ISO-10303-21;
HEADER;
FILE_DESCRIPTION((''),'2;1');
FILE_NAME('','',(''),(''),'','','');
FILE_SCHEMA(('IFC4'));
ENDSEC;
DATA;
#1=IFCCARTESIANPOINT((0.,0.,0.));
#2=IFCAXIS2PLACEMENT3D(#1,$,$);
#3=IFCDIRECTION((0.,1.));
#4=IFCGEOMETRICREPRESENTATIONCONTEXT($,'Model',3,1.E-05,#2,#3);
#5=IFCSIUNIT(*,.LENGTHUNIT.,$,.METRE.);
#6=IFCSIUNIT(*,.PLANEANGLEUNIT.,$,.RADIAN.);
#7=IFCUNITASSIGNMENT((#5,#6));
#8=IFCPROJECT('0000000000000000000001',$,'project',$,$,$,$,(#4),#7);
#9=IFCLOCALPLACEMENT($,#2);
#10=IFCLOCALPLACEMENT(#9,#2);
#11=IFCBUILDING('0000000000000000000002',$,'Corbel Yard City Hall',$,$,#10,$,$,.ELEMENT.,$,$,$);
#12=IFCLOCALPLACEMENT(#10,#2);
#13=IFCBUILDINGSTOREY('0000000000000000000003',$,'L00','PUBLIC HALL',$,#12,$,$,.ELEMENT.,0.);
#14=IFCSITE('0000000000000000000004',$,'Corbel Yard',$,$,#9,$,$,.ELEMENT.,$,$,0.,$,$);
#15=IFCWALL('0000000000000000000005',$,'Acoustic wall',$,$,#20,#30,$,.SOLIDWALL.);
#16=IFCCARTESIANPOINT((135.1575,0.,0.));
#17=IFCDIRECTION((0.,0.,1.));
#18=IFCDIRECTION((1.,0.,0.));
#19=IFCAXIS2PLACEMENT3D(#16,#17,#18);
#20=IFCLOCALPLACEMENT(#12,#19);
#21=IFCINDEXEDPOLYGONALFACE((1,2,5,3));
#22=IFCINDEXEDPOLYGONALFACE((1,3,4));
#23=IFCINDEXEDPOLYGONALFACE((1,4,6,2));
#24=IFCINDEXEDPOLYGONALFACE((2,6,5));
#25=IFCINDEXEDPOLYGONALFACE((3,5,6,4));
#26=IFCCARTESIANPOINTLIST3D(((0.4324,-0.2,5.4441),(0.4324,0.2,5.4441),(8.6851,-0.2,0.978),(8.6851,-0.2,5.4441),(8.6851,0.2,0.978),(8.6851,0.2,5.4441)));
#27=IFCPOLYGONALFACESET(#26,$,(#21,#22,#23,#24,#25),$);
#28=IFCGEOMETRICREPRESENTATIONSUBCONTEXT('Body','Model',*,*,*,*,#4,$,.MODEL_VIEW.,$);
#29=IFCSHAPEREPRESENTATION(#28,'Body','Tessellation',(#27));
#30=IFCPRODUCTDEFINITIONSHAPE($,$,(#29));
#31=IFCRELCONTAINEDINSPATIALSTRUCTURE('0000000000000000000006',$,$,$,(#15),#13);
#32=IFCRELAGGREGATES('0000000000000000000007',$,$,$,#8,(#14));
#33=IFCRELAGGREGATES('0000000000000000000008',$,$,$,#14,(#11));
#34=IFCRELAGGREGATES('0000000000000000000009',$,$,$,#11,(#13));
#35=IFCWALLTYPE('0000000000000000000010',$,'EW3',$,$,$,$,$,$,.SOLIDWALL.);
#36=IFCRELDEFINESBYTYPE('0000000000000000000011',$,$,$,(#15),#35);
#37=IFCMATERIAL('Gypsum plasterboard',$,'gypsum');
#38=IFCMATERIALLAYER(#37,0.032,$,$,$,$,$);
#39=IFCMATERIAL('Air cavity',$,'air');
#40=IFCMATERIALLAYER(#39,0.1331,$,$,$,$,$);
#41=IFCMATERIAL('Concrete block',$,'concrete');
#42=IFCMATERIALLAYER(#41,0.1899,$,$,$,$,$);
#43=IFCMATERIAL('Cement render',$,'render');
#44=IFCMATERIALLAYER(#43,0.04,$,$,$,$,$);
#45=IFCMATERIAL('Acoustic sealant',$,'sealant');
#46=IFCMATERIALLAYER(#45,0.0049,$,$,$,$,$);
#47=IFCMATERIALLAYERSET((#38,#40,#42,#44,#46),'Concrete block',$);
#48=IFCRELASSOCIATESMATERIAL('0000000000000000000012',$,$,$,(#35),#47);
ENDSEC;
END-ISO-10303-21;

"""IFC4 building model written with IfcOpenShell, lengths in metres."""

from ifc_helpers import new_model, si_unit, direction, frame, origin, place, context, subcontext, project, spatial, polyline, outline, extrude, material, layer, layer_set, type_object, element, save


model = new_model("IFC4")

# Units and contexts
model_context = context("Model", 3, precision=1e-05, world=origin(), true_north=direction((0.0, 1.0)))
body_context = subcontext(model_context, "Body", "Model", "MODEL_VIEW")
ifc_project = project(units=[si_unit("LENGTHUNIT", "METRE"), si_unit("PLANEANGLEUNIT", "RADIAN")], contexts=[model_context])

# Site, building, storey
site_placement = place(None, origin())
site = spatial("IfcSite", under=ifc_project, at=site_placement, Name="Corbel Yard", CompositionType="ELEMENT", RefElevation=0.0)
building_placement = place(site_placement, origin())
building = spatial("IfcBuilding", under=site, at=building_placement, Name="Corbel Yard City Hall", CompositionType="ELEMENT")
storey_placement = place(building_placement, origin())
storey = spatial("IfcBuildingStorey", under=building, at=storey_placement, Name="L00", Description="PUBLIC HALL", CompositionType="ELEMENT", Elevation=0.0)

# Wall
ifc_material_1 = material(Name="Gypsum plasterboard", Category="gypsum")
ifc_layer_1 = layer(ifc_material_1, 0.032)
ifc_material_2 = material(Name="Air cavity", Category="air")
ifc_layer_2 = layer(ifc_material_2, 0.1331)
ifc_material_3 = material(Name="Concrete block", Category="concrete")
ifc_layer_3 = layer(ifc_material_3, 0.1899)
ifc_material_4 = material(Name="Cement render", Category="render")
ifc_layer_4 = layer(ifc_material_4, 0.04)
ifc_material_5 = material(Name="Acoustic sealant", Category="sealant")
ifc_layer_5 = layer(ifc_material_5, 0.0049)
ifc_layer_set_1 = layer_set([ifc_layer_1, ifc_layer_2, ifc_layer_3, ifc_layer_4, ifc_layer_5], Name="Concrete block")
wall_type_1 = type_object("IfcWallType", Name="EW3", PredefinedType="SOLIDWALL", material=ifc_layer_set_1)
wall_1_placement = place(storey_placement, frame((135.1575, 0.0, 0.0), z_axis=(0.0, 0.0, 1.0), x_axis=(1.0, 0.0, 0.0)))
element("IfcWall", 1, at=wall_1_placement, inside=storey, type_object=wall_type_1, Name="Acoustic wall", PredefinedType="SOLIDWALL", context=body_context, shape_type="SweptSolid", body=[
    extrude(outline(polyline([(8.6851, 5.4441), (8.6851, 0.978), (0.4324, 5.4441), (8.6851, 5.4441)])), frame((0.0, 0.2, 0.0), z_axis=(0.0, -1.0, 0.0), x_axis=(1.0, 0.0, 0.0)), (0.0, 0.0, 1.0), 0.3999),
])

save(model, "model.ifc")
